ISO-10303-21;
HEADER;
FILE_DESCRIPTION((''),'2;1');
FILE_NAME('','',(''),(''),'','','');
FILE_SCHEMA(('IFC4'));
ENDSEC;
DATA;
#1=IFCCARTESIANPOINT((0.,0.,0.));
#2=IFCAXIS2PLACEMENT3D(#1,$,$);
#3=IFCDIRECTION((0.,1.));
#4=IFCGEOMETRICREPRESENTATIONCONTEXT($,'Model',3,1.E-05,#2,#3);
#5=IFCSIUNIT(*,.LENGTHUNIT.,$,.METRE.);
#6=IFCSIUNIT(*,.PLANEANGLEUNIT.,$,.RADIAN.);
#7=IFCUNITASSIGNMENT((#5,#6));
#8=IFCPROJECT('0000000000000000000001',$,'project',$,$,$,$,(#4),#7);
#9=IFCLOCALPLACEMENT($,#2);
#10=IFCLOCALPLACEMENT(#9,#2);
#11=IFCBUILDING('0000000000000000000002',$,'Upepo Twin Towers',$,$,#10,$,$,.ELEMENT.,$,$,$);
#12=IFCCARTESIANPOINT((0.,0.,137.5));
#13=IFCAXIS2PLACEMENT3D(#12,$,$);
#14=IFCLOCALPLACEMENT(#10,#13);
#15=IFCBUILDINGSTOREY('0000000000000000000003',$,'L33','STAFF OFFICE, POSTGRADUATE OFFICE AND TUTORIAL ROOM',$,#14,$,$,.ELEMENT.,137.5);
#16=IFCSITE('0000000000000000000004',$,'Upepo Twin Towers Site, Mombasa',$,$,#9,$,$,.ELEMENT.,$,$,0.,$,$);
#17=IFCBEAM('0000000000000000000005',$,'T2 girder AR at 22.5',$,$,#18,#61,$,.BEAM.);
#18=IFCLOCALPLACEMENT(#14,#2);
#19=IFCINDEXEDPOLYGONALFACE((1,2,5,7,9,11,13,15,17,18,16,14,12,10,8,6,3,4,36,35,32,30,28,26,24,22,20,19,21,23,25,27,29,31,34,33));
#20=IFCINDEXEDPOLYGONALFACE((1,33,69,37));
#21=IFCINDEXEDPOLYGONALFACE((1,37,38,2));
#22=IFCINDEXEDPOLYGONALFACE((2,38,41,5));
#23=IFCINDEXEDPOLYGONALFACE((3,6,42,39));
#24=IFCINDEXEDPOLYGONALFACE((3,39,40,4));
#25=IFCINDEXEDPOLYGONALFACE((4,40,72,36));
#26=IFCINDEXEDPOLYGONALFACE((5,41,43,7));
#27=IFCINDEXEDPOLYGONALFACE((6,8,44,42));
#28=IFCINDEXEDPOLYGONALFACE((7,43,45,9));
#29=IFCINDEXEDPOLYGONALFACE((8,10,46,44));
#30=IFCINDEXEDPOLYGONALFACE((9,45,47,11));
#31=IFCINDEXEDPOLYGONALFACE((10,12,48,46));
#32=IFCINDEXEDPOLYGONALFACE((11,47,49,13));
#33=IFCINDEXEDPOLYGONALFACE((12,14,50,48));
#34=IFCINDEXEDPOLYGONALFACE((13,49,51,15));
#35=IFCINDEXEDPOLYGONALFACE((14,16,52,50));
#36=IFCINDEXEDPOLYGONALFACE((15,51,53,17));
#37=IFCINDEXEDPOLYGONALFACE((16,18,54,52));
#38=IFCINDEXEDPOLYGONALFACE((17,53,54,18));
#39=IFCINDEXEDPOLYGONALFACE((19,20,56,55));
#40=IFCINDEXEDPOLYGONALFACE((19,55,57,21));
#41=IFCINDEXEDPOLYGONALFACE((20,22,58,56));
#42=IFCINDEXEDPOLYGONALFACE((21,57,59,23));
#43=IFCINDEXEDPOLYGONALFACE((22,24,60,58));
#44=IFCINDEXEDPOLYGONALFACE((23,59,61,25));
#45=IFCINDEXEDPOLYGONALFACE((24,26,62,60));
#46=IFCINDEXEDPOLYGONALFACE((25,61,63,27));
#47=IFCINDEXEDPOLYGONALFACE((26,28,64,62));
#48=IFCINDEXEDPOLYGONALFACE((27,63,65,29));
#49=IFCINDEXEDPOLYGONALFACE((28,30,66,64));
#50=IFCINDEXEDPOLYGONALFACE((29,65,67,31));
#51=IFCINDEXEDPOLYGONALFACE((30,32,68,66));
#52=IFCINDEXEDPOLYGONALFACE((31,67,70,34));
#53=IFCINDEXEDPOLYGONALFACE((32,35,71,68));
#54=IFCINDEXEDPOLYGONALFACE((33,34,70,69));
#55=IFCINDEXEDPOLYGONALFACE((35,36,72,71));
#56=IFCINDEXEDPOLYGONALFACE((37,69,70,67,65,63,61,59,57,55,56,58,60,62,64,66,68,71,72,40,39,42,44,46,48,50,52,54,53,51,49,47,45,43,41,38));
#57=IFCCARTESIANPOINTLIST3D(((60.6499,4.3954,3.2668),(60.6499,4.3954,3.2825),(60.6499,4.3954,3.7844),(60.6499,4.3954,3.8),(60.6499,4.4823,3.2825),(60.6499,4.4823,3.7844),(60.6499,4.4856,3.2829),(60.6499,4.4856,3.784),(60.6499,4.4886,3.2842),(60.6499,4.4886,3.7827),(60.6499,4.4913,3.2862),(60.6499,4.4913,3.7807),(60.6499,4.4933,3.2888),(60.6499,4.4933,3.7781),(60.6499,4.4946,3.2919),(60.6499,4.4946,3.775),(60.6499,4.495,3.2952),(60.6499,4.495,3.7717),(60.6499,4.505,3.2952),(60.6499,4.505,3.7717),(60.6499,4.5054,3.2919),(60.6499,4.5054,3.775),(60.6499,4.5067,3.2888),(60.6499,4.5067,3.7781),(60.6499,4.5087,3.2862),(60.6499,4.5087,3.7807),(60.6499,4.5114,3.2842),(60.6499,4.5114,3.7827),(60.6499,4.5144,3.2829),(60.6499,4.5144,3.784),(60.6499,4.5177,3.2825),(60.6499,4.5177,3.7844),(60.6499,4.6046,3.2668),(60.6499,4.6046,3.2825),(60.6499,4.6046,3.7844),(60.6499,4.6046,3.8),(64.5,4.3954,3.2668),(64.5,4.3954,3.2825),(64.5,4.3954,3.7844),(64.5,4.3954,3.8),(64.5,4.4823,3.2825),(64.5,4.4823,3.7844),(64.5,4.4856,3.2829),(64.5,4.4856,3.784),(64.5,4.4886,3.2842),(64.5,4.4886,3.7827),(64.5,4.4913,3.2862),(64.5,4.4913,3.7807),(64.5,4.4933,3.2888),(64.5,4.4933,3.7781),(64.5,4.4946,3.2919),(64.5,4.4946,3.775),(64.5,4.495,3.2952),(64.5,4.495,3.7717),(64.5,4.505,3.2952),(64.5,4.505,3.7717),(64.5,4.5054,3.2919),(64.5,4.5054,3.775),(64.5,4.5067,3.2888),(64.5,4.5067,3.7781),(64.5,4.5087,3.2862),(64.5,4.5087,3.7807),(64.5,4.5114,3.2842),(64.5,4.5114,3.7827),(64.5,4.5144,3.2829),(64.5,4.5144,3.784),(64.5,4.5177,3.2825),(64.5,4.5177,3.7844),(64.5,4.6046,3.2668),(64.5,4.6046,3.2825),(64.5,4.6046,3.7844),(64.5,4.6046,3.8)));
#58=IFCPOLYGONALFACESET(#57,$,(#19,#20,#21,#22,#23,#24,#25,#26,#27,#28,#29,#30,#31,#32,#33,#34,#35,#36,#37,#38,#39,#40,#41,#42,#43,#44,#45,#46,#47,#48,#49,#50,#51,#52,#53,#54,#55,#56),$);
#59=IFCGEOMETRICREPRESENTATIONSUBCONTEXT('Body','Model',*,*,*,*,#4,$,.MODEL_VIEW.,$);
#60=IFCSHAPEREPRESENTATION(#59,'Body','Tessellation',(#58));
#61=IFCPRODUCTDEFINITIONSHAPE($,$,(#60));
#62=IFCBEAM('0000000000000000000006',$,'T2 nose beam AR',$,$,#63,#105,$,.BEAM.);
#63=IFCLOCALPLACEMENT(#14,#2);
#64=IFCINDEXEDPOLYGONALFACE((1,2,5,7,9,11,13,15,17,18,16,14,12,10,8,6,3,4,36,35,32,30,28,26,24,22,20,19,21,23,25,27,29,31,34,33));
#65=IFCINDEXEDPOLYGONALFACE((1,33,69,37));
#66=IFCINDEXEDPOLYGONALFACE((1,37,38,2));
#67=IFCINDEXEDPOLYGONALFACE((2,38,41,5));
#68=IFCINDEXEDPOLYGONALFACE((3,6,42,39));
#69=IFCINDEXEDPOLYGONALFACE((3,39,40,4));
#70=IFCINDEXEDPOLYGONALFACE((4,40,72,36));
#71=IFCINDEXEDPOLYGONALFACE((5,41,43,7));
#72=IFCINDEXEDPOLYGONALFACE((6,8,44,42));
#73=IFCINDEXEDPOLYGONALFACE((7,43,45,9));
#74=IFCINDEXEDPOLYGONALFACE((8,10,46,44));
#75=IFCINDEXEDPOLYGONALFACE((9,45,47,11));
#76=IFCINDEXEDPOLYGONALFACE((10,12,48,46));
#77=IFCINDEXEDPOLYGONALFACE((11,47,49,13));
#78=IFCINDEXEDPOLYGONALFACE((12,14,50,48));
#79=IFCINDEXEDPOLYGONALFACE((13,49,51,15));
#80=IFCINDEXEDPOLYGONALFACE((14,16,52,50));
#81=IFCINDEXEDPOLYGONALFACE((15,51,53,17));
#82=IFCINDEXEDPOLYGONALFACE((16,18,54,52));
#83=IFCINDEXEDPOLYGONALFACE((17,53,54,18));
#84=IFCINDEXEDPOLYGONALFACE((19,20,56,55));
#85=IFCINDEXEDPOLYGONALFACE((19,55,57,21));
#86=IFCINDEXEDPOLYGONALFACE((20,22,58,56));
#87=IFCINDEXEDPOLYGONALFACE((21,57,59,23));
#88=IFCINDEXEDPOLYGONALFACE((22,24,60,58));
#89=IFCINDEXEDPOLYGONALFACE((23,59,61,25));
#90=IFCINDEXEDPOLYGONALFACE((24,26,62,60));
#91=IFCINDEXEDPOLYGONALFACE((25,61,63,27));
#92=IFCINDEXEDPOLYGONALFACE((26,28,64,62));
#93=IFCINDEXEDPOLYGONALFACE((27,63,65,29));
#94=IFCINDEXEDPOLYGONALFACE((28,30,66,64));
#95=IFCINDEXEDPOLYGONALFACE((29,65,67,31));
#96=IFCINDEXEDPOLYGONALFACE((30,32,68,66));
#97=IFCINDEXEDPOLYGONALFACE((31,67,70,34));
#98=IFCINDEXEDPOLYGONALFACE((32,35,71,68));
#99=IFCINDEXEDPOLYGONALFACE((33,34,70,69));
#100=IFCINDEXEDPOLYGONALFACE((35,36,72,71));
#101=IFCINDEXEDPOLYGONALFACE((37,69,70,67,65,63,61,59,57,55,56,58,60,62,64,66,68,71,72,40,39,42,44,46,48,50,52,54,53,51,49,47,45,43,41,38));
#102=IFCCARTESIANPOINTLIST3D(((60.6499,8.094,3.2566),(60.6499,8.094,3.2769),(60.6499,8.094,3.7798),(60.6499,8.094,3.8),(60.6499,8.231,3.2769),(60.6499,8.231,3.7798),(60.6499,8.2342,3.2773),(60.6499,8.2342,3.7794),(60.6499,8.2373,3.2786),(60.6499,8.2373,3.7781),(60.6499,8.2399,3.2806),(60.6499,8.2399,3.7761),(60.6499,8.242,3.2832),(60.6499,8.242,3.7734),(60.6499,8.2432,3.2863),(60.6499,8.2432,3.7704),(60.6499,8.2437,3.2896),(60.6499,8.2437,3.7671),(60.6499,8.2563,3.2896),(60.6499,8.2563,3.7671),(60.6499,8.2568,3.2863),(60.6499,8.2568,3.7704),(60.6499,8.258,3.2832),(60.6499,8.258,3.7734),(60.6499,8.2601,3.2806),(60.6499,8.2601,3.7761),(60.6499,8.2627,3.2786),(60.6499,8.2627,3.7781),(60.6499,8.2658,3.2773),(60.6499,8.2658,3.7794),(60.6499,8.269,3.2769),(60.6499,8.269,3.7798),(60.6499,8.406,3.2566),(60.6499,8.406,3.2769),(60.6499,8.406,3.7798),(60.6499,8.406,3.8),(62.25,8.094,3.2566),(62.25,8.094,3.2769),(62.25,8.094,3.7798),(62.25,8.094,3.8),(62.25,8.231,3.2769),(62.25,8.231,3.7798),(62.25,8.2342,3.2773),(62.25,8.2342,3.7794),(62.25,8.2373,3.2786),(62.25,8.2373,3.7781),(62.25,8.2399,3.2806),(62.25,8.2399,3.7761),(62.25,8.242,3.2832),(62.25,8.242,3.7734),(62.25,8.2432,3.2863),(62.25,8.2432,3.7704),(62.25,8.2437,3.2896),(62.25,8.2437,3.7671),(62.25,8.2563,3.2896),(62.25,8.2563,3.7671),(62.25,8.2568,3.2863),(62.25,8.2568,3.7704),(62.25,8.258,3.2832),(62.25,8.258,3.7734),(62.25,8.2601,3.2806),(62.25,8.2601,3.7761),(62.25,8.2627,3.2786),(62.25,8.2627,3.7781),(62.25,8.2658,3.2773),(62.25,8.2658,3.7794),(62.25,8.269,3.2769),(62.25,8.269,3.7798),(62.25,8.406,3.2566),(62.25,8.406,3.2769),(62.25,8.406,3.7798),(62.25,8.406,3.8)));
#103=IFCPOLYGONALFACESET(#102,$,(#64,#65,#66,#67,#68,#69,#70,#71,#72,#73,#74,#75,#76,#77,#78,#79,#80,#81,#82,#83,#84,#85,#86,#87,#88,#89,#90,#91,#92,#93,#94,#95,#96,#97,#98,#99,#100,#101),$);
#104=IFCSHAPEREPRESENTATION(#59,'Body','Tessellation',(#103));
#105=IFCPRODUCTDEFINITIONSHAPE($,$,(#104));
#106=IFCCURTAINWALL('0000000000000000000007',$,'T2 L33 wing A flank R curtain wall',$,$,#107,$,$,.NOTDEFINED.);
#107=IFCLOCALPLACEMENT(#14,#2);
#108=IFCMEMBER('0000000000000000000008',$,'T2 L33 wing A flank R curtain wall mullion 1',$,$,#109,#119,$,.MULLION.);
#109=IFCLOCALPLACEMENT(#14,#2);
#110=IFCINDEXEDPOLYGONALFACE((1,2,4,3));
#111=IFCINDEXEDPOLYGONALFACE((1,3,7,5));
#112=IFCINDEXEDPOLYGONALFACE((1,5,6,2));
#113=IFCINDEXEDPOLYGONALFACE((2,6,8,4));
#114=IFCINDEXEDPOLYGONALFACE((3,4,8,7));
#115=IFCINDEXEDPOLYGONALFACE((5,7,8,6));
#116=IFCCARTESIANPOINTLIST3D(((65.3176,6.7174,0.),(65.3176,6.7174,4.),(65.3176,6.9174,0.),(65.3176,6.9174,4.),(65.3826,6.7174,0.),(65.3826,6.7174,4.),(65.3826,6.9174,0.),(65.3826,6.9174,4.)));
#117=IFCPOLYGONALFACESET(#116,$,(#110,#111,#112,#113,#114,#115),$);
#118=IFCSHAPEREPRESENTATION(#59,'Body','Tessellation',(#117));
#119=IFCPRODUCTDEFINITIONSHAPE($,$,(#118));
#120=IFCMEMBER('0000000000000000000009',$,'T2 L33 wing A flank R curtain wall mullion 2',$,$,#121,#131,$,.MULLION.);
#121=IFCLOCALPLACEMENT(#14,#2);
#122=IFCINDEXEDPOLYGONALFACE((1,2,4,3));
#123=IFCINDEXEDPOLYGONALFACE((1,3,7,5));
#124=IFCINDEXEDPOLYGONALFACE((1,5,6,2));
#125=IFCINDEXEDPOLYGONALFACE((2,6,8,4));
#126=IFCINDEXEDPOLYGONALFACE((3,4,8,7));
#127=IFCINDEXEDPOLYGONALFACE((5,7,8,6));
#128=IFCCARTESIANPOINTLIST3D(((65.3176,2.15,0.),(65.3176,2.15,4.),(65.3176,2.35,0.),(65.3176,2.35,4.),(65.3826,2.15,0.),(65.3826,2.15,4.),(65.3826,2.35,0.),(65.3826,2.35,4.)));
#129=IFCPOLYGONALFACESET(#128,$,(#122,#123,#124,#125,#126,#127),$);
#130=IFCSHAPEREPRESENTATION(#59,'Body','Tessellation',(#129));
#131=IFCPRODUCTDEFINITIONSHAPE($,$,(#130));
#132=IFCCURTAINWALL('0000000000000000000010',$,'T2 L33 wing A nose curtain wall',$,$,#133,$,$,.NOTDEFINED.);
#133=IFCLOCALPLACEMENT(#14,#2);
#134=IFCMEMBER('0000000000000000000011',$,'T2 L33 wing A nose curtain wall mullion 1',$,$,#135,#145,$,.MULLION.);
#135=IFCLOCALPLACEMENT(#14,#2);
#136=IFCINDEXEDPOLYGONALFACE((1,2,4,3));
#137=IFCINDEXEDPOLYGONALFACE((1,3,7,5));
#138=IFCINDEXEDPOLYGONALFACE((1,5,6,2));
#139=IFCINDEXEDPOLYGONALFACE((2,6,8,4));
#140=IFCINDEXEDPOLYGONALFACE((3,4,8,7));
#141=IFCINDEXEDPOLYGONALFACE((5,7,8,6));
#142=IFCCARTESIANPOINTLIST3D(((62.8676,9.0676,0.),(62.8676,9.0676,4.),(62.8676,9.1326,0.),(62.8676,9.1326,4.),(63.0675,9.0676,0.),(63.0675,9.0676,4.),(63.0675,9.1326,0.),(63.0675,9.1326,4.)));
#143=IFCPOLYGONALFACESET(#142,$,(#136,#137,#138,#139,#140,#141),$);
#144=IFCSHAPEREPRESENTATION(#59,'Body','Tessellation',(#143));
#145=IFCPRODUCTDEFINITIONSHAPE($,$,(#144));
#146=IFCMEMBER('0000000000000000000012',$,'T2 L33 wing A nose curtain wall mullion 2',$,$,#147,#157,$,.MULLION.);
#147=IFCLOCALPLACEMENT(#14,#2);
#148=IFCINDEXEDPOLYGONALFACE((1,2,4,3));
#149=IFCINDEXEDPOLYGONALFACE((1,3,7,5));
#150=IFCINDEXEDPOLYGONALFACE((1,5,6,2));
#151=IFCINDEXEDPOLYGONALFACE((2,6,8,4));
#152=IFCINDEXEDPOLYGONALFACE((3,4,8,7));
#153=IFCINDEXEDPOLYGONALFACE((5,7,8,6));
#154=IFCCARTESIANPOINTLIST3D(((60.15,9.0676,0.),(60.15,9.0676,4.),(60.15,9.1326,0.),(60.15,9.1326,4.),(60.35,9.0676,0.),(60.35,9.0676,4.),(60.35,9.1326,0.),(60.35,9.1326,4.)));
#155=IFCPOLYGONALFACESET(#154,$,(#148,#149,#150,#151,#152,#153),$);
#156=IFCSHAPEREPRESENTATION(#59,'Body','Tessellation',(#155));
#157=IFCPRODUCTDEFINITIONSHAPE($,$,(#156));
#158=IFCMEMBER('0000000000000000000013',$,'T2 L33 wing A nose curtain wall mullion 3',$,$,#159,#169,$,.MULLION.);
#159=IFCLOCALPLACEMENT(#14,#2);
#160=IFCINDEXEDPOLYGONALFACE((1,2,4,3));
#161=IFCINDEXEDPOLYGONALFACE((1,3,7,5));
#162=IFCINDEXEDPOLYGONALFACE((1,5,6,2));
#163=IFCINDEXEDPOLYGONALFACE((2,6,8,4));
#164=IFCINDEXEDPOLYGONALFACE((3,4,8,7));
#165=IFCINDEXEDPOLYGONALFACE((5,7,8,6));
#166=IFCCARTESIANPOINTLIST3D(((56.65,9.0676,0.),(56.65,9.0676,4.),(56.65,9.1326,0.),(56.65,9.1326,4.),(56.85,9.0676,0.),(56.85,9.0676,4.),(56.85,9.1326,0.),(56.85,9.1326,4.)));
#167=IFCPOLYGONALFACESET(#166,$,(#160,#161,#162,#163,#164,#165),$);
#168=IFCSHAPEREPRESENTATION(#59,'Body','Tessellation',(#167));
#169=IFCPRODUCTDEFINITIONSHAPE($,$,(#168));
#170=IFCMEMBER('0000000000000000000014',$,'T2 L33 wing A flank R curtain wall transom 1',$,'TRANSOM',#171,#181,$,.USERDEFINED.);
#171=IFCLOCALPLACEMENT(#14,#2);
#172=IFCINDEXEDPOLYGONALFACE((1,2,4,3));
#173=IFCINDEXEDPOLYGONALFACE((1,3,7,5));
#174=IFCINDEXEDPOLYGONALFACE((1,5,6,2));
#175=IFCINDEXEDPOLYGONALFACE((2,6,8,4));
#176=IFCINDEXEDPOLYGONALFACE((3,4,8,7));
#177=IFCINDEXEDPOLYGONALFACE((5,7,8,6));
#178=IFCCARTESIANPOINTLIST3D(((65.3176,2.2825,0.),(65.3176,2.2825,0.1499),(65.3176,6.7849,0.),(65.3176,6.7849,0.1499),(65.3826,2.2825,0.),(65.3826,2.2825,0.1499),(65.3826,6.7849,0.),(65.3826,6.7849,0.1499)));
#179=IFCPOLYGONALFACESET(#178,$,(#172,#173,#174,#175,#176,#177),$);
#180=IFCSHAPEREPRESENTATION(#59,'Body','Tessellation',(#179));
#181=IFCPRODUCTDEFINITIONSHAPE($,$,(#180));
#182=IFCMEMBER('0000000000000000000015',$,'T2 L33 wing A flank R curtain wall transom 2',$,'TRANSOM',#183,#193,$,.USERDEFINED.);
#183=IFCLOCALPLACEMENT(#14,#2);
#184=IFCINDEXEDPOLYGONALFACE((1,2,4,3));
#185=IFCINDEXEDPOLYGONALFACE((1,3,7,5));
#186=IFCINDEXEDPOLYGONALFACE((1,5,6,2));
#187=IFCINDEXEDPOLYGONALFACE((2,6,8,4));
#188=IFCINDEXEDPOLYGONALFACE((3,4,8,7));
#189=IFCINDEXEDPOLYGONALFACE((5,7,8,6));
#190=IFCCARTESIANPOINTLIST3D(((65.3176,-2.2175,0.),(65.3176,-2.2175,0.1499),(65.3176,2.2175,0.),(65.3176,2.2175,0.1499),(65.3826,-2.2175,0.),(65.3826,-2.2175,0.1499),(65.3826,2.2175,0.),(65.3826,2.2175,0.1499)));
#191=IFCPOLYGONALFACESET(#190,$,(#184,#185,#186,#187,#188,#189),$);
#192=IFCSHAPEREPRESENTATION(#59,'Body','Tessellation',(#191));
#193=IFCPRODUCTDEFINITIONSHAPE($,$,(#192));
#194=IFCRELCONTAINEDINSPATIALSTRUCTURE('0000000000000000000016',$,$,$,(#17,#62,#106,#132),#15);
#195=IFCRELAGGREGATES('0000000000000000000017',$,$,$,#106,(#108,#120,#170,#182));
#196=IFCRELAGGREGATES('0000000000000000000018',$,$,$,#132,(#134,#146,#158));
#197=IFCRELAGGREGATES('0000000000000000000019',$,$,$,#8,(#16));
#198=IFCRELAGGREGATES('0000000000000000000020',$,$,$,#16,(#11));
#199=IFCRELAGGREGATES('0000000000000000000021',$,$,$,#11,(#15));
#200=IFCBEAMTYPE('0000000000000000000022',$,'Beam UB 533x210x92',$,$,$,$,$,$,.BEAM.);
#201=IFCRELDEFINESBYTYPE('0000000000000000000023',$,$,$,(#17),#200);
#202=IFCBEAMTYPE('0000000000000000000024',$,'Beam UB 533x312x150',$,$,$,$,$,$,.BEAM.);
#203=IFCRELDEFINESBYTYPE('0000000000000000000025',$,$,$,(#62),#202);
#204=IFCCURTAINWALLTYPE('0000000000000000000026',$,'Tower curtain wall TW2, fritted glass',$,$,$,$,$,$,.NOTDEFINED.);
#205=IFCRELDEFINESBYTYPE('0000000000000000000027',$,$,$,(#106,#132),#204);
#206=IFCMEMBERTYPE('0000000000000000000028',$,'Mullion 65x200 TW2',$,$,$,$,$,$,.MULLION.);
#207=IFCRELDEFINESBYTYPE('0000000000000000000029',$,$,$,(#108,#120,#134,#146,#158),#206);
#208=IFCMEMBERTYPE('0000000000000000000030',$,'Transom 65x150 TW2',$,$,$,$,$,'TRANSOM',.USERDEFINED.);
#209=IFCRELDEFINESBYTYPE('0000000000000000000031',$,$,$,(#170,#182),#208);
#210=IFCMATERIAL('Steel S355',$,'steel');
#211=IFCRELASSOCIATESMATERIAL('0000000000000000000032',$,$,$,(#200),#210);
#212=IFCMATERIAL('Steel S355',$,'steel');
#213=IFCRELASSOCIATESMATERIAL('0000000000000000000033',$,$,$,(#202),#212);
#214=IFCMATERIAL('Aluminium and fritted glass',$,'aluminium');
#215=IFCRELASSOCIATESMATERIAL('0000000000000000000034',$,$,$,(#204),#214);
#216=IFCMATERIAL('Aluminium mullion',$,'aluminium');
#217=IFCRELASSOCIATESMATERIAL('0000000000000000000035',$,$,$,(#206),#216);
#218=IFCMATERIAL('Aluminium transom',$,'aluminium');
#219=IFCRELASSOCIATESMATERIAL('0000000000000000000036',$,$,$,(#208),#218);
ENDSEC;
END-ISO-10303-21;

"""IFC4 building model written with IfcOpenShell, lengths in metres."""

from ifc_helpers import new_model, si_unit, direction, frame, origin, origin_2d, place, context, subcontext, project, spatial, rectangle, i_section, extrude, material, material_profile, profile_set, type_object, element, aggregate, save


model = new_model("IFC4")

# Units and contexts
model_context = context("Model", 3, precision=1e-05, world=origin(), true_north=direction((0.0, 1.0)))
body_context = subcontext(model_context, "Body", "Model", "MODEL_VIEW")
ifc_project = project(units=[si_unit("LENGTHUNIT", "METRE"), si_unit("PLANEANGLEUNIT", "RADIAN")], contexts=[model_context])

# Site, building, storey
site_placement = place(None, origin())
site = spatial("IfcSite", under=ifc_project, at=site_placement, Name="Upepo Twin Towers Site, Mombasa", CompositionType="ELEMENT", RefElevation=0.0)
building_placement = place(site_placement, origin())
building = spatial("IfcBuilding", under=site, at=building_placement, Name="Upepo Twin Towers", CompositionType="ELEMENT")
storey_placement = place(building_placement, frame((0.0, 0.0, 137.5)))
storey = spatial("IfcBuildingStorey", under=building, at=storey_placement, Name="L33", Description="STAFF OFFICE, POSTGRADUATE OFFICE AND TUTORIAL ROOM", CompositionType="ELEMENT", Elevation=137.5)

# Beams
ifc_material_1 = material(Name="Steel S355", Category="steel")
ifc_material_profile_1 = material_profile(ifc_material_1, i_section(OverallWidth=0.2092, OverallDepth=0.5332, WebThickness=0.01, FlangeThickness=0.0156, FilletRadius=0.0127, at=origin_2d()), Name="UB 533x210x92")
ifc_profile_set_1 = profile_set([ifc_material_profile_1], Name="Steel S355")
beam_type_1 = type_object("IfcBeamType", Name="Beam UB 533x210x92", PredefinedType="BEAM", material=ifc_profile_set_1)
for number, where, z_axis, x_axis, name in (
    (1, (64.5, 4.5, 3.5334), (-1.0, 0.0, 0.0), (0.0, -1.0, 0.0), "T2 girder AR at 22.5"),
):
    element("IfcBeam", number, at=place(storey_placement, frame(where, z_axis=z_axis, x_axis=x_axis)), inside=storey, type_object=beam_type_1, Name=name, PredefinedType="BEAM", context=body_context, shape_type="SweptSolid", body=[
        extrude(i_section(OverallWidth=0.2092, OverallDepth=0.5332, WebThickness=0.01, FlangeThickness=0.0156, FilletRadius=0.0127, at=origin_2d()), origin(), (0.0, 0.0, 1.0), 3.8501),
    ])
ifc_material_2 = material(Name="Steel S355", Category="steel")
ifc_material_profile_2 = material_profile(ifc_material_2, i_section(OverallWidth=0.312, OverallDepth=0.5435, WebThickness=0.0127, FlangeThickness=0.0203, FilletRadius=0.0127, at=origin_2d()), Name="UB 533x312x150")
ifc_profile_set_2 = profile_set([ifc_material_profile_2], Name="Steel S355")
beam_type_2 = type_object("IfcBeamType", Name="Beam UB 533x312x150", PredefinedType="BEAM", material=ifc_profile_set_2)
beam_1_placement = place(storey_placement, frame((62.25, 8.25, 3.5283), z_axis=(-1.0, 0.0, 0.0), x_axis=(0.0, -1.0, 0.0)))
element("IfcBeam", 2, at=beam_1_placement, inside=storey, type_object=beam_type_2, Name="T2 nose beam AR", PredefinedType="BEAM", context=body_context, shape_type="SweptSolid", body=[
    extrude(i_section(OverallWidth=0.312, OverallDepth=0.5435, WebThickness=0.0127, FlangeThickness=0.0203, FilletRadius=0.0127, at=origin_2d()), origin(), (0.0, 0.0, 1.0), 1.6001),
])

# Curtain walls, members
ifc_material_3 = material(Name="Aluminium and fritted glass", Category="aluminium")
curtain_wall_type = type_object("IfcCurtainWallType", Name="Tower curtain wall TW2, fritted glass", PredefinedType="NOTDEFINED", material=ifc_material_3)
curtain_wall_1_placement = place(storey_placement, origin())
curtain_wall_1 = element("IfcCurtainWall", 3, at=curtain_wall_1_placement, inside=storey, type_object=curtain_wall_type, Name="T2 L33 wing A flank R curtain wall", PredefinedType="NOTDEFINED")
ifc_material_4 = material(Name="Aluminium mullion", Category="aluminium")
ifc_material_profile_3 = material_profile(ifc_material_4, rectangle(XDim=0.0649, YDim=0.2, at=origin_2d()), Name="MULLION 65x200")
ifc_profile_set_3 = profile_set([ifc_material_profile_3], Name="Aluminium mullion")
member_type_1 = type_object("IfcMemberType", Name="Mullion 65x200 TW2", PredefinedType="MULLION", material=ifc_profile_set_3)
member_1_placement = place(storey_placement, frame((65.3501, 6.8174, 0.0), z_axis=(0.0, 0.0, 1.0), x_axis=(1.0, 0.0, 0.0)))
member_1 = element("IfcMember", 4, at=member_1_placement, type_object=member_type_1, Name="T2 L33 wing A flank R curtain wall mullion 1", PredefinedType="MULLION", context=body_context, shape_type="SweptSolid", body=[
    extrude(rectangle(XDim=0.0649, YDim=0.2, at=origin_2d()), origin(), (0.0, 0.0, 1.0), 4.0),
])
member_2_placement = place(storey_placement, frame((65.3501, 2.25, 0.0), z_axis=(0.0, 0.0, 1.0), x_axis=(1.0, 0.0, 0.0)))
member_2 = element("IfcMember", 5, at=member_2_placement, type_object=member_type_1, Name="T2 L33 wing A flank R curtain wall mullion 2", PredefinedType="MULLION", context=body_context, shape_type="SweptSolid", body=[
    extrude(rectangle(XDim=0.0649, YDim=0.2, at=origin_2d()), origin(), (0.0, 0.0, 1.0), 4.0),
])
curtain_wall_2_placement = place(storey_placement, origin())
curtain_wall_2 = element("IfcCurtainWall", 6, at=curtain_wall_2_placement, inside=storey, type_object=curtain_wall_type, Name="T2 L33 wing A nose curtain wall", PredefinedType="NOTDEFINED")
member_3_placement = place(storey_placement, frame((62.9675, 9.1001, 0.0), z_axis=(0.0, 0.0, 1.0), x_axis=(0.0, -1.0, 0.0)))
member_3 = element("IfcMember", 7, at=member_3_placement, type_object=member_type_1, Name="T2 L33 wing A nose curtain wall mullion 1", PredefinedType="MULLION", context=body_context, shape_type="SweptSolid", body=[
    extrude(rectangle(XDim=0.0649, YDim=0.2, at=origin_2d()), origin(), (0.0, 0.0, 1.0), 4.0),
])
member_4_placement = place(storey_placement, frame((60.25, 9.1001, 0.0), z_axis=(0.0, 0.0, 1.0), x_axis=(0.0, -1.0, 0.0)))
member_4 = element("IfcMember", 8, at=member_4_placement, type_object=member_type_1, Name="T2 L33 wing A nose curtain wall mullion 2", PredefinedType="MULLION", context=body_context, shape_type="SweptSolid", body=[
    extrude(rectangle(XDim=0.0649, YDim=0.2, at=origin_2d()), origin(), (0.0, 0.0, 1.0), 4.0),
])
member_5_placement = place(storey_placement, frame((56.75, 9.1001, 0.0), z_axis=(0.0, 0.0, 1.0), x_axis=(0.0, -1.0, 0.0)))
member_5 = element("IfcMember", 9, at=member_5_placement, type_object=member_type_1, Name="T2 L33 wing A nose curtain wall mullion 3", PredefinedType="MULLION", context=body_context, shape_type="SweptSolid", body=[
    extrude(rectangle(XDim=0.0649, YDim=0.2, at=origin_2d()), origin(), (0.0, 0.0, 1.0), 4.0),
])

# Members
ifc_material_5 = material(Name="Aluminium transom", Category="aluminium")
ifc_material_profile_4 = material_profile(ifc_material_5, rectangle(XDim=0.0649, YDim=0.1499, at=origin_2d()), Name="TRANSOM 65x150")
ifc_profile_set_4 = profile_set([ifc_material_profile_4], Name="Aluminium transom")
member_type_2 = type_object("IfcMemberType", Name="Transom 65x150 TW2", ElementType="TRANSOM", PredefinedType="USERDEFINED", material=ifc_profile_set_4)
member_6_placement = place(storey_placement, frame((65.3501, 6.7849, 0.075), z_axis=(0.0, -1.0, 0.0), x_axis=(1.0, 0.0, 0.0)))
member_6 = element("IfcMember", 10, at=member_6_placement, type_object=member_type_2, Name="T2 L33 wing A flank R curtain wall transom 1", ObjectType="TRANSOM", PredefinedType="USERDEFINED", context=body_context, shape_type="SweptSolid", body=[
    extrude(rectangle(XDim=0.0649, YDim=0.1499, at=origin_2d()), origin(), (0.0, 0.0, 1.0), 4.5024),
])
member_7_placement = place(storey_placement, frame((65.3501, 2.2175, 0.075), z_axis=(0.0, -1.0, 0.0), x_axis=(1.0, 0.0, 0.0)))
member_7 = element("IfcMember", 11, at=member_7_placement, type_object=member_type_2, Name="T2 L33 wing A flank R curtain wall transom 2", ObjectType="TRANSOM", PredefinedType="USERDEFINED", context=body_context, shape_type="SweptSolid", body=[
    extrude(rectangle(XDim=0.0649, YDim=0.1499, at=origin_2d()), origin(), (0.0, 0.0, 1.0), 4.4351),
])

aggregate(curtain_wall_1, [member_1, member_2, member_6, member_7])
aggregate(curtain_wall_2, [member_3, member_4, member_5])

save(model, "model.ifc")
